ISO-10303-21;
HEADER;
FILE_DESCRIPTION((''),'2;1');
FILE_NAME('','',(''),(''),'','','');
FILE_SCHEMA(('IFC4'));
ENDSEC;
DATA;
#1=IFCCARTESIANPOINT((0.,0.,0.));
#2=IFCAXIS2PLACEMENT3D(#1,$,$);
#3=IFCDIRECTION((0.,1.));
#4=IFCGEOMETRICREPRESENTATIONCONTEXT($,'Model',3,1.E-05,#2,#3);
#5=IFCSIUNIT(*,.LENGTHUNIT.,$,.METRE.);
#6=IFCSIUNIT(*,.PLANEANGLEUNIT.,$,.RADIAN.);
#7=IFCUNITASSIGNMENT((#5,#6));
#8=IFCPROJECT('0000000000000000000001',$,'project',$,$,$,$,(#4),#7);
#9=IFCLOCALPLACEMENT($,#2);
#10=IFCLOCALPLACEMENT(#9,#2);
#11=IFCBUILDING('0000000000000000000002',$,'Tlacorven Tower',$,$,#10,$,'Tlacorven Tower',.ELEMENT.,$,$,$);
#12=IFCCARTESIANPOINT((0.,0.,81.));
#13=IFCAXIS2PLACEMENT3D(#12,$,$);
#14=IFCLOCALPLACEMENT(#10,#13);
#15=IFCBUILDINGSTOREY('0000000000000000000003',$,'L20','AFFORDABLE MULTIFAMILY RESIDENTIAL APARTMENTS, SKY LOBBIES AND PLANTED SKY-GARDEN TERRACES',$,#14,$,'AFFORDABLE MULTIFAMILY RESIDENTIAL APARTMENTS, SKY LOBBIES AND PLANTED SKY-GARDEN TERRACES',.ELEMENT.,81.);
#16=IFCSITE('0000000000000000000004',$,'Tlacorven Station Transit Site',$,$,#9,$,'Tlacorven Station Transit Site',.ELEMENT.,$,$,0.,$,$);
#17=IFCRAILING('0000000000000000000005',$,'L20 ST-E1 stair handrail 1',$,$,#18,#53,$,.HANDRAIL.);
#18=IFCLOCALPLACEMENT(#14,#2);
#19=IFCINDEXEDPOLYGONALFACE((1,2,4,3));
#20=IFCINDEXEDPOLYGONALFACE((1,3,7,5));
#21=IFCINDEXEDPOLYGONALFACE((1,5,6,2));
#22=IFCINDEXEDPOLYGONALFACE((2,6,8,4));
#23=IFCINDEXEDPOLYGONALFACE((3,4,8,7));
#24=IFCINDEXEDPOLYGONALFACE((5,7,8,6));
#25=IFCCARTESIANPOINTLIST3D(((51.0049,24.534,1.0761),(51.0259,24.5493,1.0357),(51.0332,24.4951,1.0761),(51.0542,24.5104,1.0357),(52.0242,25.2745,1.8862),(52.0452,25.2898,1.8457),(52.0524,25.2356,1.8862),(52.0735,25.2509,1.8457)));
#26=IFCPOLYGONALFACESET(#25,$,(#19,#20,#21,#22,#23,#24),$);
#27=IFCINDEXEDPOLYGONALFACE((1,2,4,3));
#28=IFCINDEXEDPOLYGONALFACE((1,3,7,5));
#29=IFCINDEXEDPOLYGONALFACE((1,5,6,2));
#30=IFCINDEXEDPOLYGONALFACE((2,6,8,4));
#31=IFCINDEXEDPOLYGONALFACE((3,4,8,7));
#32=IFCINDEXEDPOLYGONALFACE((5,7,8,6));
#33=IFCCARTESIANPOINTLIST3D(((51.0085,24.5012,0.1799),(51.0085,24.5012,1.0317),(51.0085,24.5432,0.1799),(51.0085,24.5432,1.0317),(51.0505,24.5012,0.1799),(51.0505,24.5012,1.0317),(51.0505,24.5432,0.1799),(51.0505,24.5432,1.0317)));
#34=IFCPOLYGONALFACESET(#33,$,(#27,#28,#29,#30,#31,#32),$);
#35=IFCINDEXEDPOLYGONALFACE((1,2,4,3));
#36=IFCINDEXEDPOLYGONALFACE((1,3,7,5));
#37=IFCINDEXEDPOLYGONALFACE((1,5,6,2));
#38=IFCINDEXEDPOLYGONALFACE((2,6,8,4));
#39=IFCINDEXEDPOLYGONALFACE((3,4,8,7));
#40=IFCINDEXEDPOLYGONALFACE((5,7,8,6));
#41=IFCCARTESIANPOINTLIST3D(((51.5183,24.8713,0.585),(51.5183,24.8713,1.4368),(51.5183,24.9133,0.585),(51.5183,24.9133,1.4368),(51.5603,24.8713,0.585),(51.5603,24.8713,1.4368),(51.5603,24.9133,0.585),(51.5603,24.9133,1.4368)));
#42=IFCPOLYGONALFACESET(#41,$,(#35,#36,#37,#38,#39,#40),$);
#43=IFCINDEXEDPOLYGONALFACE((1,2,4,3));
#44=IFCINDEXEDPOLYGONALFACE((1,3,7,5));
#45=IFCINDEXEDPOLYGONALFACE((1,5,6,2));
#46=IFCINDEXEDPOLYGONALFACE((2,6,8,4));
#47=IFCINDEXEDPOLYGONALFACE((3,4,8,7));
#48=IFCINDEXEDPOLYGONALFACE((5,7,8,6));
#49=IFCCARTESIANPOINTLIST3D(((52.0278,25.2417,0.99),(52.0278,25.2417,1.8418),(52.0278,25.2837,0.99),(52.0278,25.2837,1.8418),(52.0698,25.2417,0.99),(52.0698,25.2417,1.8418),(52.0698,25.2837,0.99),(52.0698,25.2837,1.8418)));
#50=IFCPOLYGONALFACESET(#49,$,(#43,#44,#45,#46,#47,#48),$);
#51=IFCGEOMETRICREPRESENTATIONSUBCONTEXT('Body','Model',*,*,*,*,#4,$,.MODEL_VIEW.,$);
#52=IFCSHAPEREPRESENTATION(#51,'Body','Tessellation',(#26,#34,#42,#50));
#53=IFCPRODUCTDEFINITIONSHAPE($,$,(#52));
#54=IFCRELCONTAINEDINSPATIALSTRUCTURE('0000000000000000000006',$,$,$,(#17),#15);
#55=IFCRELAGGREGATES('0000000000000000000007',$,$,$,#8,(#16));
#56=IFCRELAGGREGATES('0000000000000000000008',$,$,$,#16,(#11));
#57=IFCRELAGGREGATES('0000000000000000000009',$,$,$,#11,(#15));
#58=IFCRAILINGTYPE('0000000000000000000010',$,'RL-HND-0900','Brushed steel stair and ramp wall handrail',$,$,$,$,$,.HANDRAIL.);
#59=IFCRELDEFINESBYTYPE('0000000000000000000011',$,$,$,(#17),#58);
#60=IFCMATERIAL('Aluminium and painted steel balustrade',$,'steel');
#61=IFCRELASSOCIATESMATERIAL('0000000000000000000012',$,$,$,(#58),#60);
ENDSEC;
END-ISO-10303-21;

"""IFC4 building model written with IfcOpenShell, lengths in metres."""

from ifc_helpers import new_model, si_unit, direction, frame, origin, origin_2d, place, context, subcontext, project, spatial, rectangle, extrude, source, transform, mapped, material, type_object, element, save


model = new_model("IFC4")

# Units and contexts
model_context = context("Model", 3, precision=1e-05, world=origin(), true_north=direction((0.0, 1.0)))
body_context = subcontext(model_context, "Body", "Model", "MODEL_VIEW")
ifc_project = project(units=[si_unit("LENGTHUNIT", "METRE"), si_unit("PLANEANGLEUNIT", "RADIAN")], contexts=[model_context])

# Site, building, storey
site_placement = place(None, origin())
site = spatial("IfcSite", under=ifc_project, at=site_placement, Name="Tlacorven Station Transit Site", LongName="Tlacorven Station Transit Site", CompositionType="ELEMENT", RefElevation=0.0)
building_placement = place(site_placement, origin())
building = spatial("IfcBuilding", under=site, at=building_placement, Name="Tlacorven Tower", LongName="Tlacorven Tower", CompositionType="ELEMENT")
storey_placement = place(building_placement, frame((0.0, 0.0, 81.0)))
storey = spatial("IfcBuildingStorey", under=building, at=storey_placement, Name="L20", Description="AFFORDABLE MULTIFAMILY RESIDENTIAL APARTMENTS, SKY LOBBIES AND PLANTED SKY-GARDEN TERRACES", LongName="AFFORDABLE MULTIFAMILY RESIDENTIAL APARTMENTS, SKY LOBBIES AND PLANTED SKY-GARDEN TERRACES", CompositionType="ELEMENT", Elevation=81.0)

# Railing
ifc_material_1 = material(Name="Aluminium and painted steel balustrade", Category="steel")
railing_type_1 = type_object("IfcRailingType", Name="RL-HND-0900", Description="Brushed steel stair and ramp wall handrail", PredefinedType="HANDRAIL", material=ifc_material_1)
shared_shape_1 = source(origin(), body_context, "Body", "SweptSolid", [
    extrude(rectangle(XDim=0.0481, YDim=0.0481, at=origin_2d()), frame((0.0, 0.0, 0.876), z_axis=(0.680516, 0.494373, 0.540827), x_axis=(-0.587745, 0.809046, 0.0)), (0.0, 0.0, 1.0), 1.4978),
    extrude(rectangle(XDim=0.042, YDim=0.042, at=origin_2d()), origin(), (0.0, 0.0, 1.0), 0.8518),
    extrude(rectangle(XDim=0.042, YDim=0.042, at=origin_2d()), frame((0.5098, 0.3701, 0.405)), (0.0, 0.0, 1.0), 0.8518),
    extrude(rectangle(XDim=0.042, YDim=0.042, at=origin_2d()), frame((1.0193, 0.7405, 0.8101)), (0.0, 0.0, 1.0), 0.8518),
])
railing_1_placement = place(storey_placement, frame((51.0295, 24.5222, 0.1799)))
element("IfcRailing", 1, at=railing_1_placement, inside=storey, type_object=railing_type_1, Name="L20 ST-E1 stair handrail 1", PredefinedType="HANDRAIL", context=body_context, shape_type="MappedRepresentation", body=[
    mapped(shared_shape_1, transform((0.0, 0.0, 0.0), scale=1.0)),
])

save(model, "model.ifc")
